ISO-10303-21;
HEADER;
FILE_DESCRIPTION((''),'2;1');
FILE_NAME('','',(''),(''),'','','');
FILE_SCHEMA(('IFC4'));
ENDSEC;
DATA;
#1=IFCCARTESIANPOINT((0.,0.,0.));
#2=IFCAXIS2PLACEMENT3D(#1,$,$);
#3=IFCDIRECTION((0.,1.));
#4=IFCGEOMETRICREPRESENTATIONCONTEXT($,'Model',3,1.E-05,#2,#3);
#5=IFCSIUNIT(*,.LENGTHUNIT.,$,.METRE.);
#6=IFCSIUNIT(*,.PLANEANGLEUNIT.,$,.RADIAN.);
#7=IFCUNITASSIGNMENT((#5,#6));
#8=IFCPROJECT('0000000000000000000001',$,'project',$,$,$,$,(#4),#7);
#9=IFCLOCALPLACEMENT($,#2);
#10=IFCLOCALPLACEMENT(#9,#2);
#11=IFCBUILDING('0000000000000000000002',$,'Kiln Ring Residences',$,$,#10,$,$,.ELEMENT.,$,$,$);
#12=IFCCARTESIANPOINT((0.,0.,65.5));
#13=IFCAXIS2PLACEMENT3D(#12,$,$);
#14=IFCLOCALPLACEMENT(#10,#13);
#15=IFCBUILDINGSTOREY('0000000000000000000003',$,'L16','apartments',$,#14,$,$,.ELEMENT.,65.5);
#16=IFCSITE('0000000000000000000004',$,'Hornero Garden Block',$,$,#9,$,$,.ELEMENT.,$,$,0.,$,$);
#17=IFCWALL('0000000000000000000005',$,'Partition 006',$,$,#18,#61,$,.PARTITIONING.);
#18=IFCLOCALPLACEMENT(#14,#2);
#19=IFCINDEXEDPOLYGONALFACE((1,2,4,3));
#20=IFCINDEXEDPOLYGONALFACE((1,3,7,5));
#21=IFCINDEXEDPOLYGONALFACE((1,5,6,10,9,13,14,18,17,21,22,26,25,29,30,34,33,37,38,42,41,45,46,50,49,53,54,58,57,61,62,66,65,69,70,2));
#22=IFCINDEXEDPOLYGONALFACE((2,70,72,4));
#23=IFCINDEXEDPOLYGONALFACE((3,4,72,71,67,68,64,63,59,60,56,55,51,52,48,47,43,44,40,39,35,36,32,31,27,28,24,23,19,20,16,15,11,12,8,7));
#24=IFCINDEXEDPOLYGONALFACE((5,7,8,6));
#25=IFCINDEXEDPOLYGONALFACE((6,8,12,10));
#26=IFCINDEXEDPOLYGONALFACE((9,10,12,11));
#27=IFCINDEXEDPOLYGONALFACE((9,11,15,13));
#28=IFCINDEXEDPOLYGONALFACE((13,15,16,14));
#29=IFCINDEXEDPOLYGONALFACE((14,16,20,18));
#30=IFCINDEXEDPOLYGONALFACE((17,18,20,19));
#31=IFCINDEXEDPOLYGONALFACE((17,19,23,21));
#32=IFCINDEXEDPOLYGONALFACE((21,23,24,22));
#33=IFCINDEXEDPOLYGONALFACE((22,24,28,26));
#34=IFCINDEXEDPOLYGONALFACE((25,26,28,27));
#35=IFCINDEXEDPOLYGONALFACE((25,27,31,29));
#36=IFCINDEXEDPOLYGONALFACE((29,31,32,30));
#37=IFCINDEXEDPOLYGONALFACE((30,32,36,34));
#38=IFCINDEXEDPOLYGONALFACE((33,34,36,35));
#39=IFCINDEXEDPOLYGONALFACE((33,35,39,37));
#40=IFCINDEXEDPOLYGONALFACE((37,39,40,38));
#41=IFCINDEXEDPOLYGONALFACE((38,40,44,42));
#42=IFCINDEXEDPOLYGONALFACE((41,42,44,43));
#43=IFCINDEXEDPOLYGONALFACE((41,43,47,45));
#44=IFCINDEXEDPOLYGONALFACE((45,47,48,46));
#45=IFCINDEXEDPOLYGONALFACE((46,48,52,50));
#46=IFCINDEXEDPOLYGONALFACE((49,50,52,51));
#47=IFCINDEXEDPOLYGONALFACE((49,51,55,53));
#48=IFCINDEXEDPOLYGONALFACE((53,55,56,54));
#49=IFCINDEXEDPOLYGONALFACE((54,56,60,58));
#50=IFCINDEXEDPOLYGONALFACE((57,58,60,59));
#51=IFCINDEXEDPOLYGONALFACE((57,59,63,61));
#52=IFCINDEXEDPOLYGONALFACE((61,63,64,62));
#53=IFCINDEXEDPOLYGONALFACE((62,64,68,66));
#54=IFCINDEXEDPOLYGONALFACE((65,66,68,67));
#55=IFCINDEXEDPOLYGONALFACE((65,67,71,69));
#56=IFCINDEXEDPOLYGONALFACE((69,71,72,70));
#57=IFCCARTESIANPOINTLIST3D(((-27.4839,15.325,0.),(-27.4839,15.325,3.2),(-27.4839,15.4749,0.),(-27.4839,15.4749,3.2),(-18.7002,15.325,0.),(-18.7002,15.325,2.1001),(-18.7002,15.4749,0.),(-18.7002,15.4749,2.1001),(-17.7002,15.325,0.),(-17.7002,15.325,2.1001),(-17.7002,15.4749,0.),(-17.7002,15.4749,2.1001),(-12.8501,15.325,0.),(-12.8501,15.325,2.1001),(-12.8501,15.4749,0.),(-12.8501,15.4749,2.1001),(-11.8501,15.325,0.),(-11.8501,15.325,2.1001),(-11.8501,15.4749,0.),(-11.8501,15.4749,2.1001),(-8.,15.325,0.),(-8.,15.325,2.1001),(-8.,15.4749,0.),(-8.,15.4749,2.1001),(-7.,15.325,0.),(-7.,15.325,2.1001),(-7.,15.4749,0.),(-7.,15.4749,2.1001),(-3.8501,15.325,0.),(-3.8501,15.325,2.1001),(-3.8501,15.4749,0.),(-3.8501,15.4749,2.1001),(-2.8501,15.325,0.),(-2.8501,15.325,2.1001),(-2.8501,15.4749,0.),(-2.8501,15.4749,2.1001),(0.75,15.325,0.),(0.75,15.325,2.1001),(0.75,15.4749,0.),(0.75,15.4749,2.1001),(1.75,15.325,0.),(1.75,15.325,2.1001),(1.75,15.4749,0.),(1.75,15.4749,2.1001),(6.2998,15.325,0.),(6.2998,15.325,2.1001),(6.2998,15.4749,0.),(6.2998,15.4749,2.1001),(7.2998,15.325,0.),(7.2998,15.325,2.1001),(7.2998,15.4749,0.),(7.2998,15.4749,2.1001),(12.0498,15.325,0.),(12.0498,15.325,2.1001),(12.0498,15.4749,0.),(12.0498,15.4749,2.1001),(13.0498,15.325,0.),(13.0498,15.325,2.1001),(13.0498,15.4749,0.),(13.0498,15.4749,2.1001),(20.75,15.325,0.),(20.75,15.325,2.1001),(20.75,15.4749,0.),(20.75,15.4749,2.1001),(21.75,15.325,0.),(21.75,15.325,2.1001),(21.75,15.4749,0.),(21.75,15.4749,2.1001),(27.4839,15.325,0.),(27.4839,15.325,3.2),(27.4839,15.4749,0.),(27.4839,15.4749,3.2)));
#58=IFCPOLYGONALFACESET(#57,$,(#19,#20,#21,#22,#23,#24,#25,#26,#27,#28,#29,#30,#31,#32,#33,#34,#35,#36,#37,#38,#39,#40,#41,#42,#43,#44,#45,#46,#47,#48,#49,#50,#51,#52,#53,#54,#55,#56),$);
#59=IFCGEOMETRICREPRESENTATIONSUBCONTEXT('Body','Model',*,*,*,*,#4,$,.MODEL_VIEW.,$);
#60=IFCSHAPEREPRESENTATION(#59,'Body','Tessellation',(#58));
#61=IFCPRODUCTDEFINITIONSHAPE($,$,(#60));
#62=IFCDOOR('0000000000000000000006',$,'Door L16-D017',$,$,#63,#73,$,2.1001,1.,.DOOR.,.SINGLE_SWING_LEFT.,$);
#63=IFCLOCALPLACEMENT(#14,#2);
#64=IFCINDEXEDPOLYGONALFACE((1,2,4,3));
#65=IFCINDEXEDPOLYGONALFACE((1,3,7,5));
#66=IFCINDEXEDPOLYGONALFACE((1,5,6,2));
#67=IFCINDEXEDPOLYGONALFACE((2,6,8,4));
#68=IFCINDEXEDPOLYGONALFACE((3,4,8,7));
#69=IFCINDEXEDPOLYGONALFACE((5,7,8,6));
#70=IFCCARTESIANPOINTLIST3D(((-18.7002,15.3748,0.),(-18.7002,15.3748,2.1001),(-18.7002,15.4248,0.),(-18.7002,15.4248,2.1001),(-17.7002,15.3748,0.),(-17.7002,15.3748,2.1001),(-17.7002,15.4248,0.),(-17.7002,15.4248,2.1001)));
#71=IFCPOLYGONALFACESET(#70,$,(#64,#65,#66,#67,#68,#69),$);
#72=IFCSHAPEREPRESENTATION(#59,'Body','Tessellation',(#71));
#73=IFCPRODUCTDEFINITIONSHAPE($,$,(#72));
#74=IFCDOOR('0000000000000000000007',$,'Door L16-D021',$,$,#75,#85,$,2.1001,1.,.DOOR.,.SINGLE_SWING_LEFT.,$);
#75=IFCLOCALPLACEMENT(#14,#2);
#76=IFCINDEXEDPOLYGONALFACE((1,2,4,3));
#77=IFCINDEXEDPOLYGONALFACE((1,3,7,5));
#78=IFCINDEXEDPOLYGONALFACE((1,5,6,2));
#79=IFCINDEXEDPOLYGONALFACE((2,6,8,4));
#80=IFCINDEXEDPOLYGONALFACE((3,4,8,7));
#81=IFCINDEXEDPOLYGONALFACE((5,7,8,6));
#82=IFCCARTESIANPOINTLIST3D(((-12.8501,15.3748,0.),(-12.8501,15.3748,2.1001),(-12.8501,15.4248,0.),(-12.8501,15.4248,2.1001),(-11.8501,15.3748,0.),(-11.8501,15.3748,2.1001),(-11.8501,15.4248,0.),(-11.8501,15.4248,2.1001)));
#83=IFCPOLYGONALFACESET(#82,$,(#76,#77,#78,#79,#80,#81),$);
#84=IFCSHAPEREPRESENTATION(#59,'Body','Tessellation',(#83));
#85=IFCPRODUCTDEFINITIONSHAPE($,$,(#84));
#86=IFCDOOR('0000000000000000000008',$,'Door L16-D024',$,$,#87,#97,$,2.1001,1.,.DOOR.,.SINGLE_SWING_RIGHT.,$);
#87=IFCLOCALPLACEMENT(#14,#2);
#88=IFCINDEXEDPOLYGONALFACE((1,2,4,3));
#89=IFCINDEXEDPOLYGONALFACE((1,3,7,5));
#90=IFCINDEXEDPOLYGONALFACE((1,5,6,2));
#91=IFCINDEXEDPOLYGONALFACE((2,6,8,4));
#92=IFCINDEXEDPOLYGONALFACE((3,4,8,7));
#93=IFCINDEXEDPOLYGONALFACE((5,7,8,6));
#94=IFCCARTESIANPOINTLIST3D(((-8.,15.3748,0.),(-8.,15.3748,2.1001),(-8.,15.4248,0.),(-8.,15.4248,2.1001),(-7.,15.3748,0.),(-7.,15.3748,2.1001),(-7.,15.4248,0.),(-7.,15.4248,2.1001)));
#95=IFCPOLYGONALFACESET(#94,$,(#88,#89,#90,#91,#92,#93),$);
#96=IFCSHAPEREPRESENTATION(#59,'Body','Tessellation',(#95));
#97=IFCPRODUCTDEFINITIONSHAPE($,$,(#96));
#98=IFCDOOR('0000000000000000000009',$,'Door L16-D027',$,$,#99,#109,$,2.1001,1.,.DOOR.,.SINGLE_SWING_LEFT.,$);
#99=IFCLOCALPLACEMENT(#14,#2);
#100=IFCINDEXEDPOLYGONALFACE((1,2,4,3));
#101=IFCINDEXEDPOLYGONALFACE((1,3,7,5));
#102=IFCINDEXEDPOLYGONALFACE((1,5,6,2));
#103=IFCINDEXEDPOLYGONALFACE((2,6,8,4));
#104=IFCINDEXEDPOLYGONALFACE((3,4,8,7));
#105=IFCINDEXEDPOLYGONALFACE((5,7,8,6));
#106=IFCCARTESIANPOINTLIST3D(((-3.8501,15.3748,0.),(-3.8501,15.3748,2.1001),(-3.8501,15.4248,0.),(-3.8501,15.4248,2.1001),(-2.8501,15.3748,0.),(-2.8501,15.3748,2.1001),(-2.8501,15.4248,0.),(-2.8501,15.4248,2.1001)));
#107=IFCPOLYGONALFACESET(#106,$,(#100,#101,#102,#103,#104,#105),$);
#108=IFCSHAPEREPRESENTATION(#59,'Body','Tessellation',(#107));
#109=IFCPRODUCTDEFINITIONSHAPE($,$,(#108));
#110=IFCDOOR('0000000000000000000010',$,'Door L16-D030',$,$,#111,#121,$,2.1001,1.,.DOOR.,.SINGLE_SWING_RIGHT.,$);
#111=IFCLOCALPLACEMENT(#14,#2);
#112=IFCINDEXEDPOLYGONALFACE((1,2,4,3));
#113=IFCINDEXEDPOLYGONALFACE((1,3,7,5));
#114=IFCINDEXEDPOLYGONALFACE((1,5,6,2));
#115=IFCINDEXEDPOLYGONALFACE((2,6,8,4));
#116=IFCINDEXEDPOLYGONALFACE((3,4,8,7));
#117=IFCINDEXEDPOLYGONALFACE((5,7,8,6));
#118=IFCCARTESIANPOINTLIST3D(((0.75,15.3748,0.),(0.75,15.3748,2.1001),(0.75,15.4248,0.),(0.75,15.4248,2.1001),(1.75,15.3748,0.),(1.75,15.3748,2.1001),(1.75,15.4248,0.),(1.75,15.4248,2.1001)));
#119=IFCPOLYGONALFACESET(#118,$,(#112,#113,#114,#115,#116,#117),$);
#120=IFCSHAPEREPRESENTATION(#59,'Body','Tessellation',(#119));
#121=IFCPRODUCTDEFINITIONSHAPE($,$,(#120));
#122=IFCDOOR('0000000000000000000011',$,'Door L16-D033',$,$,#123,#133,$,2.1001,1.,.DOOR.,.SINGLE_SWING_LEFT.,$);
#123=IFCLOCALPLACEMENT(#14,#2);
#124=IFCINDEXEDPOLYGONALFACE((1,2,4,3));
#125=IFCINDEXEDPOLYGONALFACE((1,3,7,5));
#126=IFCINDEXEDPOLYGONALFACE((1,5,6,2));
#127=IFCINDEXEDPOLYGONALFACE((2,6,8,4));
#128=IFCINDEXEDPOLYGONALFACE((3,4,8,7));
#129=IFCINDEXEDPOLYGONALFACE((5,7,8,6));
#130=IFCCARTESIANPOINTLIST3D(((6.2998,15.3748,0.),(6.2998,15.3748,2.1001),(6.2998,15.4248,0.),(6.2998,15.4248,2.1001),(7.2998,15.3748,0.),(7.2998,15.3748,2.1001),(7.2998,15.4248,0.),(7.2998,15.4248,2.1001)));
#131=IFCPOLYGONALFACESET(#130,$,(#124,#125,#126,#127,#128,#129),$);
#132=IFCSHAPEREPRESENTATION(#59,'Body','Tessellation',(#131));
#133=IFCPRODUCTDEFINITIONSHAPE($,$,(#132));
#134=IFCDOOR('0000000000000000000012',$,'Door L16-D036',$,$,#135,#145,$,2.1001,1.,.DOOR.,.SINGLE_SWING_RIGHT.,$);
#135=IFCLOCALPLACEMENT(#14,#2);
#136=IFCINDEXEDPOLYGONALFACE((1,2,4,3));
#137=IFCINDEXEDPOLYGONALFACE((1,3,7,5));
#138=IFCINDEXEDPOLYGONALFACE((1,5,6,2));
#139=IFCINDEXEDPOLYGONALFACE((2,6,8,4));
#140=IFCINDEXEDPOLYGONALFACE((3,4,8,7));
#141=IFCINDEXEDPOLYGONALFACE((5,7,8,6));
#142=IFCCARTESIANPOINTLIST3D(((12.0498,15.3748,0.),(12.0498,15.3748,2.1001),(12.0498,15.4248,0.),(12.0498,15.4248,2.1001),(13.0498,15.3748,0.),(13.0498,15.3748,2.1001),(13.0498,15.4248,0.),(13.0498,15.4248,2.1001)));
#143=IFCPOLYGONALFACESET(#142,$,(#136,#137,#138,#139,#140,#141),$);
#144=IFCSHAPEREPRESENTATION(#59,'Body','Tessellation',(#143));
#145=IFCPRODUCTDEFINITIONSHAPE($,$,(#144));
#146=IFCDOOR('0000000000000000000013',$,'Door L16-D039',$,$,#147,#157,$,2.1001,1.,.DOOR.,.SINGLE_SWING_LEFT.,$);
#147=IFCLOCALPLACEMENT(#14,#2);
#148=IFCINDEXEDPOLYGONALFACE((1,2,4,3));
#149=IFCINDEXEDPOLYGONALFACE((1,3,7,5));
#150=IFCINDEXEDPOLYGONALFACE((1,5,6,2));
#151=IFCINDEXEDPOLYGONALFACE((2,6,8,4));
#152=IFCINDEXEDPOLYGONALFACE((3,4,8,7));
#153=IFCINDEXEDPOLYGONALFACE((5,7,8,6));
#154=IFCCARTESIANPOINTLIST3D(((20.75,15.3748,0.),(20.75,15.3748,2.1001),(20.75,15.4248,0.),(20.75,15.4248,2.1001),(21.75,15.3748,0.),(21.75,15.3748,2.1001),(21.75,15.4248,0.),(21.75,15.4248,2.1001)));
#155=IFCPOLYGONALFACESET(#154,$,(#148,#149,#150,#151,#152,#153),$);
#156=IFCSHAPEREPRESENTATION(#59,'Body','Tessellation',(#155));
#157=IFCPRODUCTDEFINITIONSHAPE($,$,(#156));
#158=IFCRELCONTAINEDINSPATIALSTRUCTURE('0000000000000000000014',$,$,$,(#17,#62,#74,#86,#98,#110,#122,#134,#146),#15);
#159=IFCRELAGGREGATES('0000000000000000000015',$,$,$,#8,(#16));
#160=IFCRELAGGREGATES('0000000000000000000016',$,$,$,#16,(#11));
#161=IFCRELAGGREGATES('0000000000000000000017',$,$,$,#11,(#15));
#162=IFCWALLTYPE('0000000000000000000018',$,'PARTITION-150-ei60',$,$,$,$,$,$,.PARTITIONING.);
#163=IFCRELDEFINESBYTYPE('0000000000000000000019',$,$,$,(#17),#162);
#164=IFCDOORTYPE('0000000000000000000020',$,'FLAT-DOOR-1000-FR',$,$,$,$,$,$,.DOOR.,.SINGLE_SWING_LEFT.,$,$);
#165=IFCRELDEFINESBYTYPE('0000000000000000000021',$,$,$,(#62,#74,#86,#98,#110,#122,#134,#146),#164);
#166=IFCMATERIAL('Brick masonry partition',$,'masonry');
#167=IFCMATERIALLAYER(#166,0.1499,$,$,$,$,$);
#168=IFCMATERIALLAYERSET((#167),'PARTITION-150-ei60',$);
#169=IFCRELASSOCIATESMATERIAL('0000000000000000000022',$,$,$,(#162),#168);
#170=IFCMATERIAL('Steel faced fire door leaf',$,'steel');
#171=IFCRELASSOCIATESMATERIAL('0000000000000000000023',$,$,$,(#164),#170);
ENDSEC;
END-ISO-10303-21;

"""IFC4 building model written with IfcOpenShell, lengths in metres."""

from ifc_helpers import new_model, si_unit, direction, frame, frame_2d, origin, place, context, subcontext, project, spatial, rectangle, extrude, material, layer, layer_set, type_object, element, fill, save


model = new_model("IFC4")

# Units and contexts
model_context = context("Model", 3, precision=1e-05, world=origin(), true_north=direction((0.0, 1.0)))
body_context = subcontext(model_context, "Body", "Model", "MODEL_VIEW")
ifc_project = project(units=[si_unit("LENGTHUNIT", "METRE"), si_unit("PLANEANGLEUNIT", "RADIAN")], contexts=[model_context])

# Site, building, storey
site_placement = place(None, origin())
site = spatial("IfcSite", under=ifc_project, at=site_placement, Name="Hornero Garden Block", CompositionType="ELEMENT", RefElevation=0.0)
building_placement = place(site_placement, origin())
building = spatial("IfcBuilding", under=site, at=building_placement, Name="Kiln Ring Residences", CompositionType="ELEMENT")
storey_placement = place(building_placement, frame((0.0, 0.0, 65.5)))
storey = spatial("IfcBuildingStorey", under=building, at=storey_placement, Name="L16", Description="apartments", CompositionType="ELEMENT", Elevation=65.5)

# Wall, openings, doors
ifc_material_1 = material(Name="Brick masonry partition", Category="masonry")
ifc_layer_1 = layer(ifc_material_1, 0.1499)
ifc_layer_set_1 = layer_set([ifc_layer_1], Name="PARTITION-150-ei60")
wall_type_1 = type_object("IfcWallType", Name="PARTITION-150-ei60", PredefinedType="PARTITIONING", material=ifc_layer_set_1)
wall_1_placement = place(storey_placement, frame((-27.4839, 15.3999, 0.0), z_axis=(0.0, 0.0, 1.0), x_axis=(1.0, 0.0, 0.0)))
wall_1 = element("IfcWall", 1, at=wall_1_placement, inside=storey, type_object=wall_type_1, Name="Partition 006", PredefinedType="PARTITIONING", context=body_context, shape_type="SweptSolid", body=[
    extrude(rectangle(XDim=54.9678, YDim=0.1499, at=frame_2d((27.4839, 0.0))), origin(), (0.0, 0.0, 1.0), 3.2),
])
opening_1_placement = place(wall_1_placement, frame((8.7837, 0.0, 0.0)))
opening_1 = element("IfcOpeningElement", 2, at=opening_1_placement, cuts=wall_1, PredefinedType="OPENING", context=body_context, shape_type="SweptSolid", body=[
    extrude(rectangle(XDim=1.0, YDim=2.1001, at=frame_2d((0.5, 1.05))), frame((0.0, 0.085, 0.0), z_axis=(0.0, -1.0, 0.0), x_axis=(1.0, 0.0, 0.0)), (0.0, 0.0, 1.0), 0.1699),
])
opening_2_placement = place(wall_1_placement, frame((14.6338, 0.0, 0.0)))
opening_2 = element("IfcOpeningElement", 3, at=opening_2_placement, cuts=wall_1, PredefinedType="OPENING", context=body_context, shape_type="SweptSolid", body=[
    extrude(rectangle(XDim=1.0, YDim=2.1001, at=frame_2d((0.5, 1.05))), frame((0.0, 0.085, 0.0), z_axis=(0.0, -1.0, 0.0), x_axis=(1.0, 0.0, 0.0)), (0.0, 0.0, 1.0), 0.1699),
])
opening_3_placement = place(wall_1_placement, frame((19.4839, 0.0, 0.0)))
opening_3 = element("IfcOpeningElement", 4, at=opening_3_placement, cuts=wall_1, PredefinedType="OPENING", context=body_context, shape_type="SweptSolid", body=[
    extrude(rectangle(XDim=1.0, YDim=2.1001, at=frame_2d((0.5, 1.05))), frame((0.0, 0.085, 0.0), z_axis=(0.0, -1.0, 0.0), x_axis=(1.0, 0.0, 0.0)), (0.0, 0.0, 1.0), 0.1699),
])
opening_4_placement = place(wall_1_placement, frame((23.6338, 0.0, 0.0)))
opening_4 = element("IfcOpeningElement", 5, at=opening_4_placement, cuts=wall_1, PredefinedType="OPENING", context=body_context, shape_type="SweptSolid", body=[
    extrude(rectangle(XDim=1.0, YDim=2.1001, at=frame_2d((0.5, 1.05))), frame((0.0, 0.085, 0.0), z_axis=(0.0, -1.0, 0.0), x_axis=(1.0, 0.0, 0.0)), (0.0, 0.0, 1.0), 0.1699),
])
opening_5_placement = place(wall_1_placement, frame((28.2339, 0.0, 0.0)))
opening_5 = element("IfcOpeningElement", 6, at=opening_5_placement, cuts=wall_1, PredefinedType="OPENING", context=body_context, shape_type="SweptSolid", body=[
    extrude(rectangle(XDim=1.0, YDim=2.1001, at=frame_2d((0.5, 1.05))), frame((0.0, 0.085, 0.0), z_axis=(0.0, -1.0, 0.0), x_axis=(1.0, 0.0, 0.0)), (0.0, 0.0, 1.0), 0.1699),
])
opening_6_placement = place(wall_1_placement, frame((33.7837, 0.0, 0.0)))
opening_6 = element("IfcOpeningElement", 7, at=opening_6_placement, cuts=wall_1, PredefinedType="OPENING", context=body_context, shape_type="SweptSolid", body=[
    extrude(rectangle(XDim=1.0, YDim=2.1001, at=frame_2d((0.5, 1.05))), frame((0.0, 0.085, 0.0), z_axis=(0.0, -1.0, 0.0), x_axis=(1.0, 0.0, 0.0)), (0.0, 0.0, 1.0), 0.1699),
])
opening_7_placement = place(wall_1_placement, frame((39.5337, 0.0, 0.0)))
opening_7 = element("IfcOpeningElement", 8, at=opening_7_placement, cuts=wall_1, PredefinedType="OPENING", context=body_context, shape_type="SweptSolid", body=[
    extrude(rectangle(XDim=1.0, YDim=2.1001, at=frame_2d((0.5, 1.05))), frame((0.0, 0.085, 0.0), z_axis=(0.0, -1.0, 0.0), x_axis=(1.0, 0.0, 0.0)), (0.0, 0.0, 1.0), 0.1699),
])
opening_8_placement = place(wall_1_placement, frame((48.2339, 0.0, 0.0)))
opening_8 = element("IfcOpeningElement", 9, at=opening_8_placement, cuts=wall_1, PredefinedType="OPENING", context=body_context, shape_type="SweptSolid", body=[
    extrude(rectangle(XDim=1.0, YDim=2.1001, at=frame_2d((0.5, 1.05))), frame((0.0, 0.085, 0.0), z_axis=(0.0, -1.0, 0.0), x_axis=(1.0, 0.0, 0.0)), (0.0, 0.0, 1.0), 0.1699),
])
ifc_material_2 = material(Name="Steel faced fire door leaf", Category="steel")
door_type_1 = type_object("IfcDoorType", Name="FLAT-DOOR-1000-FR", OperationType="SINGLE_SWING_LEFT", PredefinedType="DOOR", material=ifc_material_2)
door_1_placement = place(opening_1_placement, origin())
door_1 = element("IfcDoor", 10, at=door_1_placement, inside=storey, type_object=door_type_1, Name="Door L16-D017", OperationType="SINGLE_SWING_LEFT", OverallHeight=2.1001, OverallWidth=1.0, PredefinedType="DOOR", context=body_context, shape_type="SweptSolid", body=[
    extrude(rectangle(XDim=1.0, YDim=2.1001, at=frame_2d((0.5, 1.05))), frame((0.0, 0.0249, 0.0), z_axis=(0.0, -1.0, 0.0), x_axis=(1.0, 0.0, 0.0)), (0.0, 0.0, 1.0), 0.05),
])
fill(opening_1, door_1)
door_2_placement = place(opening_2_placement, origin())
door_2 = element("IfcDoor", 11, at=door_2_placement, inside=storey, type_object=door_type_1, Name="Door L16-D021", OperationType="SINGLE_SWING_LEFT", OverallHeight=2.1001, OverallWidth=1.0, PredefinedType="DOOR", context=body_context, shape_type="SweptSolid", body=[
    extrude(rectangle(XDim=1.0, YDim=2.1001, at=frame_2d((0.5, 1.05))), frame((0.0, 0.0249, 0.0), z_axis=(0.0, -1.0, 0.0), x_axis=(1.0, 0.0, 0.0)), (0.0, 0.0, 1.0), 0.05),
])
fill(opening_2, door_2)
door_3_placement = place(opening_3_placement, origin())
door_3 = element("IfcDoor", 12, at=door_3_placement, inside=storey, type_object=door_type_1, Name="Door L16-D024", OperationType="SINGLE_SWING_RIGHT", OverallHeight=2.1001, OverallWidth=1.0, PredefinedType="DOOR", context=body_context, shape_type="SweptSolid", body=[
    extrude(rectangle(XDim=1.0, YDim=2.1001, at=frame_2d((0.5, 1.05))), frame((0.0, 0.0249, 0.0), z_axis=(0.0, -1.0, 0.0), x_axis=(1.0, 0.0, 0.0)), (0.0, 0.0, 1.0), 0.05),
])
fill(opening_3, door_3)
door_4_placement = place(opening_4_placement, origin())
door_4 = element("IfcDoor", 13, at=door_4_placement, inside=storey, type_object=door_type_1, Name="Door L16-D027", OperationType="SINGLE_SWING_LEFT", OverallHeight=2.1001, OverallWidth=1.0, PredefinedType="DOOR", context=body_context, shape_type="SweptSolid", body=[
    extrude(rectangle(XDim=1.0, YDim=2.1001, at=frame_2d((0.5, 1.05))), frame((0.0, 0.0249, 0.0), z_axis=(0.0, -1.0, 0.0), x_axis=(1.0, 0.0, 0.0)), (0.0, 0.0, 1.0), 0.05),
])
fill(opening_4, door_4)
door_5_placement = place(opening_5_placement, origin())
door_5 = element("IfcDoor", 14, at=door_5_placement, inside=storey, type_object=door_type_1, Name="Door L16-D030", OperationType="SINGLE_SWING_RIGHT", OverallHeight=2.1001, OverallWidth=1.0, PredefinedType="DOOR", context=body_context, shape_type="SweptSolid", body=[
    extrude(rectangle(XDim=1.0, YDim=2.1001, at=frame_2d((0.5, 1.05))), frame((0.0, 0.0249, 0.0), z_axis=(0.0, -1.0, 0.0), x_axis=(1.0, 0.0, 0.0)), (0.0, 0.0, 1.0), 0.05),
])
fill(opening_5, door_5)
door_6_placement = place(opening_6_placement, origin())
door_6 = element("IfcDoor", 15, at=door_6_placement, inside=storey, type_object=door_type_1, Name="Door L16-D033", OperationType="SINGLE_SWING_LEFT", OverallHeight=2.1001, OverallWidth=1.0, PredefinedType="DOOR", context=body_context, shape_type="SweptSolid", body=[
    extrude(rectangle(XDim=1.0, YDim=2.1001, at=frame_2d((0.5, 1.05))), frame((0.0, 0.0249, 0.0), z_axis=(0.0, -1.0, 0.0), x_axis=(1.0, 0.0, 0.0)), (0.0, 0.0, 1.0), 0.05),
])
fill(opening_6, door_6)
door_7_placement = place(opening_7_placement, origin())
door_7 = element("IfcDoor", 16, at=door_7_placement, inside=storey, type_object=door_type_1, Name="Door L16-D036", OperationType="SINGLE_SWING_RIGHT", OverallHeight=2.1001, OverallWidth=1.0, PredefinedType="DOOR", context=body_context, shape_type="SweptSolid", body=[
    extrude(rectangle(XDim=1.0, YDim=2.1001, at=frame_2d((0.5, 1.05))), frame((0.0, 0.0249, 0.0), z_axis=(0.0, -1.0, 0.0), x_axis=(1.0, 0.0, 0.0)), (0.0, 0.0, 1.0), 0.05),
])
fill(opening_7, door_7)
door_8_placement = place(opening_8_placement, origin())
door_8 = element("IfcDoor", 17, at=door_8_placement, inside=storey, type_object=door_type_1, Name="Door L16-D039", OperationType="SINGLE_SWING_LEFT", OverallHeight=2.1001, OverallWidth=1.0, PredefinedType="DOOR", context=body_context, shape_type="SweptSolid", body=[
    extrude(rectangle(XDim=1.0, YDim=2.1001, at=frame_2d((0.5, 1.05))), frame((0.0, 0.0249, 0.0), z_axis=(0.0, -1.0, 0.0), x_axis=(1.0, 0.0, 0.0)), (0.0, 0.0, 1.0), 0.05),
])
fill(opening_8, door_8)

save(model, "model.ifc")
